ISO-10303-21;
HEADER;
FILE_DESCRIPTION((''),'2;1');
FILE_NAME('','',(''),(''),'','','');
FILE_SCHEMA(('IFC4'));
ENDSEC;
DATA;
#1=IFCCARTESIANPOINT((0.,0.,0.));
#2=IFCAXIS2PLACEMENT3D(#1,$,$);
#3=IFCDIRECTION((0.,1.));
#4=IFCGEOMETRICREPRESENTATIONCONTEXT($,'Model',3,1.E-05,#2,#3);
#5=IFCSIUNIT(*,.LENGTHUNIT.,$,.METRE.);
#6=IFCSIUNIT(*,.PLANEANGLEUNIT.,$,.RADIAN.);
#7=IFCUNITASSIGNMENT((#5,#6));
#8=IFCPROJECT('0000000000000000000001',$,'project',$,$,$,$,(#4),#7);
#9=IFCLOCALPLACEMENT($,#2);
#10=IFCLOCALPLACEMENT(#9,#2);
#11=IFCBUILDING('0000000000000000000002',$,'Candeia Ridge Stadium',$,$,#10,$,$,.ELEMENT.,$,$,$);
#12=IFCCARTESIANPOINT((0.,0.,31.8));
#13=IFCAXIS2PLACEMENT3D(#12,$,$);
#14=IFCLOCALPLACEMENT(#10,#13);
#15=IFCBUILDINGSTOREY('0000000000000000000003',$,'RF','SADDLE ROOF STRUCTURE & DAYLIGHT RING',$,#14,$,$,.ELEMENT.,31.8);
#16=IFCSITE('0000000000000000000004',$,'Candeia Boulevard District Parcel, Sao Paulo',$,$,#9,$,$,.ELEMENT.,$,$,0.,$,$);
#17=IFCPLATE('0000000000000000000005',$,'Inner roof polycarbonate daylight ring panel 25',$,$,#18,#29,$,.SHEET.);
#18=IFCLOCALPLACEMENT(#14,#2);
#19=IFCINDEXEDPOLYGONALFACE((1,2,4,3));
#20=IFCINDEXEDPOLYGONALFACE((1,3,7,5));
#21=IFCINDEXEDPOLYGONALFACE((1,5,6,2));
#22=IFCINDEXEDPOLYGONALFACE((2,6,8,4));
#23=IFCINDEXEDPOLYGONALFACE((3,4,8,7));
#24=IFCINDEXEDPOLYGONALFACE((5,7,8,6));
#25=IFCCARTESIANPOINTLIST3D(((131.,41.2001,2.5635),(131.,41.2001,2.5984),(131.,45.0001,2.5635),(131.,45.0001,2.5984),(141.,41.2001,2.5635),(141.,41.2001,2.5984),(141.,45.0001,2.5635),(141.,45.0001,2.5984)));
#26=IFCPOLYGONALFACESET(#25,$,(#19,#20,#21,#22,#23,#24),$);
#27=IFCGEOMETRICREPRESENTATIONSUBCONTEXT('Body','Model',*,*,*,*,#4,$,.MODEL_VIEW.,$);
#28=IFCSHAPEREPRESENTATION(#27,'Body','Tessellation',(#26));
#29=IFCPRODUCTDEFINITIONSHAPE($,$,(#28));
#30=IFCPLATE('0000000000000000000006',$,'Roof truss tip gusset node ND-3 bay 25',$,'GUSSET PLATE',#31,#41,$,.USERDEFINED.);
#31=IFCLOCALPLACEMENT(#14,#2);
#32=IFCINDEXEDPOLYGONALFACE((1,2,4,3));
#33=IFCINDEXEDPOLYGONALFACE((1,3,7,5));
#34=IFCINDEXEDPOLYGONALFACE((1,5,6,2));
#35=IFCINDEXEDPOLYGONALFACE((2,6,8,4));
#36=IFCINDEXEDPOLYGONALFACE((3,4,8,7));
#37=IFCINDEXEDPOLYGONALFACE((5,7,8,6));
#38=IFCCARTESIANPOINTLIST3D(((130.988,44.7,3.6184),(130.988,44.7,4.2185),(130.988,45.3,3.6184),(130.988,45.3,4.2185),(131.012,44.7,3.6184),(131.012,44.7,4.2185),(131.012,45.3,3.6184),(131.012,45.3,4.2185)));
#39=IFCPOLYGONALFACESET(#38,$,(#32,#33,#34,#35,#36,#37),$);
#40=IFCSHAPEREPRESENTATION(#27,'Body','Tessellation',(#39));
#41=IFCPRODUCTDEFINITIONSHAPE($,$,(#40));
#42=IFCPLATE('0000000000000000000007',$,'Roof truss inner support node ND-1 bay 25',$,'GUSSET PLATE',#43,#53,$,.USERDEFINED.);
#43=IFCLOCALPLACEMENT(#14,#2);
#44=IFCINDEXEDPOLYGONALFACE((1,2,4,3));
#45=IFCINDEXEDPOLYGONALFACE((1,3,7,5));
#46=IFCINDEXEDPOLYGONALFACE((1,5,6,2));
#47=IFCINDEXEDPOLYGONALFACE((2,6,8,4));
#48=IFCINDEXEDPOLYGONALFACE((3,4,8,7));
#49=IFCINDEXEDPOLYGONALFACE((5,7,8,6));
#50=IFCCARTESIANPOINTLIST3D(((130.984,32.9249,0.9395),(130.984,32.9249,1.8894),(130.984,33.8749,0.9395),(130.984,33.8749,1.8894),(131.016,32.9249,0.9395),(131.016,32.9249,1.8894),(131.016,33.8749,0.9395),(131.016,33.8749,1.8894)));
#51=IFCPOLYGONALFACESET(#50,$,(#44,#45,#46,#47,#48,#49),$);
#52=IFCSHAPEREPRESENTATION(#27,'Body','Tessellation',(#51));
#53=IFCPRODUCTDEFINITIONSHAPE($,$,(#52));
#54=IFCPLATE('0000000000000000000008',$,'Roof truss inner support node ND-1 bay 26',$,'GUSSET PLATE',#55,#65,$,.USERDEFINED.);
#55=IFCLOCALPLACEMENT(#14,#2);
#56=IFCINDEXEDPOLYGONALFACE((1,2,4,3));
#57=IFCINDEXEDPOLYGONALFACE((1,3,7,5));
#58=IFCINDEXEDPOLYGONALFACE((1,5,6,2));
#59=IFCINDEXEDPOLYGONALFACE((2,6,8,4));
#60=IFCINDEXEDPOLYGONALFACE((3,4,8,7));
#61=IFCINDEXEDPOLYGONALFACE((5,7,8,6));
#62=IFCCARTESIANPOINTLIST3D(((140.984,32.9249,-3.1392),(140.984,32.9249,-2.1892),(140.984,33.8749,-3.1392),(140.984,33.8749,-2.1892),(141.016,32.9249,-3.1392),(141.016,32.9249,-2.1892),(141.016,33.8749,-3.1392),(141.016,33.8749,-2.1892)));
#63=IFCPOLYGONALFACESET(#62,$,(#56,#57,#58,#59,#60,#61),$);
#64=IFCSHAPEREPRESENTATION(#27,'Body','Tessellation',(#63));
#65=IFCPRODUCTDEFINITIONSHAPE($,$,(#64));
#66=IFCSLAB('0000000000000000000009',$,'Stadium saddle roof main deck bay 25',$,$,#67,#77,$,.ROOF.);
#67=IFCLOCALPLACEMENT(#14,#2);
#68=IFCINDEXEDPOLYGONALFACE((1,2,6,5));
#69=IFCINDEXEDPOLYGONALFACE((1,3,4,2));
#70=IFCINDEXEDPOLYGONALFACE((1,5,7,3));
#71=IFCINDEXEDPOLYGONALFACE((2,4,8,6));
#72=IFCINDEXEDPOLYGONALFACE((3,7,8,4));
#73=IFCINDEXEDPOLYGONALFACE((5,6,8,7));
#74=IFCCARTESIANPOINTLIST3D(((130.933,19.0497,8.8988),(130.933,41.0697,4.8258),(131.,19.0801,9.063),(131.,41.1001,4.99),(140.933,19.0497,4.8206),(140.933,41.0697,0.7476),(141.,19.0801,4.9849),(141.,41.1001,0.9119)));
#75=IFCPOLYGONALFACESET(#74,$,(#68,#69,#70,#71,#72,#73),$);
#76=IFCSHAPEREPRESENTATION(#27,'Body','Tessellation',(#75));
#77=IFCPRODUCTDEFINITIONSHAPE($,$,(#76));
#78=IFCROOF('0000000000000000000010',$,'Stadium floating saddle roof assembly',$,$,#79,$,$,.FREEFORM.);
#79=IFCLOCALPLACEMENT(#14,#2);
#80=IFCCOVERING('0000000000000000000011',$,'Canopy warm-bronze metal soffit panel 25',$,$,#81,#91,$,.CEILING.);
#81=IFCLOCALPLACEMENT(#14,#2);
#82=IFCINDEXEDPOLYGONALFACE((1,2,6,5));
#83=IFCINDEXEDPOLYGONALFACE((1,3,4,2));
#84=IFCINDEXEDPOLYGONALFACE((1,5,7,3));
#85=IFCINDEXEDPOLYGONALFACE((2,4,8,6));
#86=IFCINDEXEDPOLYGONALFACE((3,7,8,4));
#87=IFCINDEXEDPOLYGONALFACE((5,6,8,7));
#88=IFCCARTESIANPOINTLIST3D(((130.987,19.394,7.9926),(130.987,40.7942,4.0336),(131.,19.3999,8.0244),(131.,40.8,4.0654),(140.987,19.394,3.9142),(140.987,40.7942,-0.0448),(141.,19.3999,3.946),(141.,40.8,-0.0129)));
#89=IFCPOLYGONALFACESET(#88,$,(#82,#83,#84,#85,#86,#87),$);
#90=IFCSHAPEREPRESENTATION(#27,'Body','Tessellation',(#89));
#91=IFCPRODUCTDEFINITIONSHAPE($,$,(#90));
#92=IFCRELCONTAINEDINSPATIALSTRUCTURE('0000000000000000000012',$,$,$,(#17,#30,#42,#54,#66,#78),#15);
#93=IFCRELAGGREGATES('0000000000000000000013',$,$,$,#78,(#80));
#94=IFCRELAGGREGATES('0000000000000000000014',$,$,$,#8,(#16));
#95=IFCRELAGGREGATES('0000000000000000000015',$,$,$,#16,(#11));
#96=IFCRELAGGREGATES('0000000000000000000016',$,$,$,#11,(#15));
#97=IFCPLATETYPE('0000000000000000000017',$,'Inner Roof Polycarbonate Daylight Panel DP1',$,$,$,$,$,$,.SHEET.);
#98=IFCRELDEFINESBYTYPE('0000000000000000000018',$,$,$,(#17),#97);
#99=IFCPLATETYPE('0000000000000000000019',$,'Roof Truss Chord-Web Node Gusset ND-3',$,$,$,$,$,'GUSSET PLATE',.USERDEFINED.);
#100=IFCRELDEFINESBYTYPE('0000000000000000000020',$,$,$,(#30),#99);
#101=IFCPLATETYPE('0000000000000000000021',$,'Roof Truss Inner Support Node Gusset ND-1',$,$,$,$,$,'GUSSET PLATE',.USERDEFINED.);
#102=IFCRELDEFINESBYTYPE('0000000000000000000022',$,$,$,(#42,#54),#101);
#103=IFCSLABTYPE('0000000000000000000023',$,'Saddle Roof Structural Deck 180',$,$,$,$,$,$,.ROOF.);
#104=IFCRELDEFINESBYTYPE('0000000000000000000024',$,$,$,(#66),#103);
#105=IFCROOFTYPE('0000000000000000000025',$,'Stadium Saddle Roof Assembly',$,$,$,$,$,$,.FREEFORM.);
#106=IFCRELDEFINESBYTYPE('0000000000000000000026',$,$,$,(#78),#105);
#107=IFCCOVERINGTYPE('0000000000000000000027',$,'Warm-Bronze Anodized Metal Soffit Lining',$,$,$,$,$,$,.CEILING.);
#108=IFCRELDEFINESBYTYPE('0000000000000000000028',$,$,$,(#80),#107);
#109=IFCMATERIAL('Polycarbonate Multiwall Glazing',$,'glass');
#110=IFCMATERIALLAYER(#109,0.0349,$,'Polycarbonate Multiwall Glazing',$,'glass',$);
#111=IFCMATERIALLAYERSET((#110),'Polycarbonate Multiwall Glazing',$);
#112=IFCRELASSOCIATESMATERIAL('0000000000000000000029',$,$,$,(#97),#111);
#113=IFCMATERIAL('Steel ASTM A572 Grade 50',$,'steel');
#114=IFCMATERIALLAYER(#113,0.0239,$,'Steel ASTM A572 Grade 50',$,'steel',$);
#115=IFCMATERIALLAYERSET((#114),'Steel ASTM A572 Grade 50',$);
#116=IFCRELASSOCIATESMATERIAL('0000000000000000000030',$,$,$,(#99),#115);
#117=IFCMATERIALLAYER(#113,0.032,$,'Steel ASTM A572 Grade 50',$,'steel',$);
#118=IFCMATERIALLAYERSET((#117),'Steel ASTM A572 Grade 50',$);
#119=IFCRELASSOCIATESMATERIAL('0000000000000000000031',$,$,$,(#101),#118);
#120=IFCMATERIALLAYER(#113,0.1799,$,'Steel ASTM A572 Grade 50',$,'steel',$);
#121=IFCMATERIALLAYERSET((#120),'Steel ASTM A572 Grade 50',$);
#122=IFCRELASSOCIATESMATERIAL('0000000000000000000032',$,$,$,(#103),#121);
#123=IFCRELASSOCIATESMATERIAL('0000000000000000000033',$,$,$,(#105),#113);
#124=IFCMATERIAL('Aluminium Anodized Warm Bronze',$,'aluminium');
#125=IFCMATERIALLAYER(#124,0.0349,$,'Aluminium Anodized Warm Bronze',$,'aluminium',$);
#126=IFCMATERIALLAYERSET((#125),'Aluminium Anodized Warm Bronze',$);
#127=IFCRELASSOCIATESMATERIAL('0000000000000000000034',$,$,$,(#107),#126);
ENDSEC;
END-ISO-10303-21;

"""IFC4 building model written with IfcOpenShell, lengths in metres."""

from ifc_helpers import new_model, si_unit, direction, frame, origin, origin_2d, place, context, subcontext, project, spatial, polyline, rectangle, outline, extrude, material, layer, layer_set, type_object, element, aggregate, save


model = new_model("IFC4")

# Units and contexts
model_context = context("Model", 3, precision=1e-05, world=origin(), true_north=direction((0.0, 1.0)))
body_context = subcontext(model_context, "Body", "Model", "MODEL_VIEW")
ifc_project = project(units=[si_unit("LENGTHUNIT", "METRE"), si_unit("PLANEANGLEUNIT", "RADIAN")], contexts=[model_context])

# Site, building, storey
site_placement = place(None, origin())
site = spatial("IfcSite", under=ifc_project, at=site_placement, Name="Candeia Boulevard District Parcel, Sao Paulo", CompositionType="ELEMENT", RefElevation=0.0)
building_placement = place(site_placement, origin())
building = spatial("IfcBuilding", under=site, at=building_placement, Name="Candeia Ridge Stadium", CompositionType="ELEMENT")
storey_placement = place(building_placement, frame((0.0, 0.0, 31.8)))
storey = spatial("IfcBuildingStorey", under=building, at=storey_placement, Name="RF", Description="SADDLE ROOF STRUCTURE & DAYLIGHT RING", CompositionType="ELEMENT", Elevation=31.8)

# Shared definitions
ifc_material_1 = material(Name="Steel ASTM A572 Grade 50", Category="steel")

# Plates
ifc_material_2 = material(Name="Polycarbonate Multiwall Glazing", Category="glass")
ifc_layer_1 = layer(ifc_material_2, 0.0349, Name="Polycarbonate Multiwall Glazing", Category="glass")
ifc_layer_set_1 = layer_set([ifc_layer_1], Name="Polycarbonate Multiwall Glazing")
plate_type_1 = type_object("IfcPlateType", Name="Inner Roof Polycarbonate Daylight Panel DP1", PredefinedType="SHEET", material=ifc_layer_set_1)
plate_1_placement = place(storey_placement, frame((136.0, 43.1001, 2.5635), z_axis=(0.0, 0.0, 1.0), x_axis=(1.0, 0.0, 0.0)))
element("IfcPlate", 1, at=plate_1_placement, inside=storey, type_object=plate_type_1, Name="Inner roof polycarbonate daylight ring panel 25", PredefinedType="SHEET", context=body_context, shape_type="SweptSolid", body=[
    extrude(rectangle(XDim=10.0, YDim=3.8, at=origin_2d()), origin(), (0.0, 0.0, 1.0), 0.0349),
])
ifc_layer_2 = layer(ifc_material_1, 0.0239, Name="Steel ASTM A572 Grade 50", Category="steel")
ifc_layer_set_2 = layer_set([ifc_layer_2], Name="Steel ASTM A572 Grade 50")
plate_type_2 = type_object("IfcPlateType", Name="Roof Truss Chord-Web Node Gusset ND-3", ElementType="GUSSET PLATE", PredefinedType="USERDEFINED", material=ifc_layer_set_2)
plate_2_placement = place(storey_placement, frame((131.0, 45.0, 3.6184), z_axis=(0.0, 0.0, 1.0), x_axis=(0.0, -1.0, 0.0)))
element("IfcPlate", 2, at=plate_2_placement, inside=storey, type_object=plate_type_2, Name="Roof truss tip gusset node ND-3 bay 25", ObjectType="GUSSET PLATE", PredefinedType="USERDEFINED", context=body_context, shape_type="SweptSolid", body=[
    extrude(rectangle(XDim=0.6001, YDim=0.0239, at=origin_2d()), origin(), (0.0, 0.0, 1.0), 0.6001),
])
ifc_layer_3 = layer(ifc_material_1, 0.032, Name="Steel ASTM A572 Grade 50", Category="steel")
ifc_layer_set_3 = layer_set([ifc_layer_3], Name="Steel ASTM A572 Grade 50")
plate_type_3 = type_object("IfcPlateType", Name="Roof Truss Inner Support Node Gusset ND-1", ElementType="GUSSET PLATE", PredefinedType="USERDEFINED", material=ifc_layer_set_3)
for number, where, z_axis, x_axis, name in (
    (3, (131.0, 33.3999, 0.9395), (0.0, 0.0, 1.0), (0.0, -1.0, 0.0), "Roof truss inner support node ND-1 bay 25"),
    (4, (141.0, 33.3999, -3.1392), (0.0, 0.0, 1.0), (0.0, -1.0, 0.0), "Roof truss inner support node ND-1 bay 26"),
):
    element("IfcPlate", number, at=place(storey_placement, frame(where, z_axis=z_axis, x_axis=x_axis)), inside=storey, type_object=plate_type_3, Name=name, ObjectType="GUSSET PLATE", PredefinedType="USERDEFINED", context=body_context, shape_type="SweptSolid", body=[
        extrude(rectangle(XDim=0.95, YDim=0.032, at=origin_2d()), origin(), (0.0, 0.0, 1.0), 0.95),
    ])

# Slab
ifc_layer_4 = layer(ifc_material_1, 0.1799, Name="Steel ASTM A572 Grade 50", Category="steel")
ifc_layer_set_4 = layer_set([ifc_layer_4], Name="Steel ASTM A572 Grade 50")
slab_type = type_object("IfcSlabType", Name="Saddle Roof Structural Deck 180", PredefinedType="ROOF", material=ifc_layer_set_4)
slab_placement = place(storey_placement, frame((131.0, 41.1001, 4.99), z_axis=(0.372199, 0.168815, 0.912672), x_axis=(0.925961, 0.0, -0.377619)))
element("IfcSlab", 5, at=slab_placement, inside=storey, type_object=slab_type, Name="Stadium saddle roof main deck bay 25", PredefinedType="ROOF", context=body_context, shape_type="SweptSolid", body=[
    extrude(outline(polyline([(0.0, 0.0), (10.7996, 0.0), (9.2615, -22.3407), (-1.538, -22.3407), (0.0, 0.0)])), origin(), (0.0, 0.0, -1.0), 0.1799),
])

# Roof, covering
roof_type = type_object("IfcRoofType", Name="Stadium Saddle Roof Assembly", PredefinedType="FREEFORM", material=ifc_material_1)
roof_placement = place(storey_placement, origin())
roof = element("IfcRoof", 6, at=roof_placement, inside=storey, type_object=roof_type, Name="Stadium floating saddle roof assembly", PredefinedType="FREEFORM")
ifc_material_3 = material(Name="Aluminium Anodized Warm Bronze", Category="aluminium")
ifc_layer_5 = layer(ifc_material_3, 0.0349, Name="Aluminium Anodized Warm Bronze", Category="aluminium")
ifc_layer_set_5 = layer_set([ifc_layer_5], Name="Aluminium Anodized Warm Bronze")
covering_type = type_object("IfcCoveringType", Name="Warm-Bronze Anodized Metal Soffit Lining", PredefinedType="CEILING", material=ifc_layer_set_5)
covering_placement = place(storey_placement, frame((131.0, 40.8, 4.0654), z_axis=(0.372216, 0.16884, 0.91266), x_axis=(0.925953, 0.0, -0.377638)))
covering = element("IfcCovering", 7, at=covering_placement, type_object=covering_type, Name="Canopy warm-bronze metal soffit panel 25", PredefinedType="CEILING", context=body_context, shape_type="SweptSolid", body=[
    extrude(outline(polyline([(0.0, 0.0), (10.7997, 0.0), (9.3046, -21.7119), (-1.4951, -21.7119), (0.0, 0.0)])), origin(), (0.0, 0.0, -1.0), 0.0349),
])
aggregate(roof, [covering])

save(model, "model.ifc")
